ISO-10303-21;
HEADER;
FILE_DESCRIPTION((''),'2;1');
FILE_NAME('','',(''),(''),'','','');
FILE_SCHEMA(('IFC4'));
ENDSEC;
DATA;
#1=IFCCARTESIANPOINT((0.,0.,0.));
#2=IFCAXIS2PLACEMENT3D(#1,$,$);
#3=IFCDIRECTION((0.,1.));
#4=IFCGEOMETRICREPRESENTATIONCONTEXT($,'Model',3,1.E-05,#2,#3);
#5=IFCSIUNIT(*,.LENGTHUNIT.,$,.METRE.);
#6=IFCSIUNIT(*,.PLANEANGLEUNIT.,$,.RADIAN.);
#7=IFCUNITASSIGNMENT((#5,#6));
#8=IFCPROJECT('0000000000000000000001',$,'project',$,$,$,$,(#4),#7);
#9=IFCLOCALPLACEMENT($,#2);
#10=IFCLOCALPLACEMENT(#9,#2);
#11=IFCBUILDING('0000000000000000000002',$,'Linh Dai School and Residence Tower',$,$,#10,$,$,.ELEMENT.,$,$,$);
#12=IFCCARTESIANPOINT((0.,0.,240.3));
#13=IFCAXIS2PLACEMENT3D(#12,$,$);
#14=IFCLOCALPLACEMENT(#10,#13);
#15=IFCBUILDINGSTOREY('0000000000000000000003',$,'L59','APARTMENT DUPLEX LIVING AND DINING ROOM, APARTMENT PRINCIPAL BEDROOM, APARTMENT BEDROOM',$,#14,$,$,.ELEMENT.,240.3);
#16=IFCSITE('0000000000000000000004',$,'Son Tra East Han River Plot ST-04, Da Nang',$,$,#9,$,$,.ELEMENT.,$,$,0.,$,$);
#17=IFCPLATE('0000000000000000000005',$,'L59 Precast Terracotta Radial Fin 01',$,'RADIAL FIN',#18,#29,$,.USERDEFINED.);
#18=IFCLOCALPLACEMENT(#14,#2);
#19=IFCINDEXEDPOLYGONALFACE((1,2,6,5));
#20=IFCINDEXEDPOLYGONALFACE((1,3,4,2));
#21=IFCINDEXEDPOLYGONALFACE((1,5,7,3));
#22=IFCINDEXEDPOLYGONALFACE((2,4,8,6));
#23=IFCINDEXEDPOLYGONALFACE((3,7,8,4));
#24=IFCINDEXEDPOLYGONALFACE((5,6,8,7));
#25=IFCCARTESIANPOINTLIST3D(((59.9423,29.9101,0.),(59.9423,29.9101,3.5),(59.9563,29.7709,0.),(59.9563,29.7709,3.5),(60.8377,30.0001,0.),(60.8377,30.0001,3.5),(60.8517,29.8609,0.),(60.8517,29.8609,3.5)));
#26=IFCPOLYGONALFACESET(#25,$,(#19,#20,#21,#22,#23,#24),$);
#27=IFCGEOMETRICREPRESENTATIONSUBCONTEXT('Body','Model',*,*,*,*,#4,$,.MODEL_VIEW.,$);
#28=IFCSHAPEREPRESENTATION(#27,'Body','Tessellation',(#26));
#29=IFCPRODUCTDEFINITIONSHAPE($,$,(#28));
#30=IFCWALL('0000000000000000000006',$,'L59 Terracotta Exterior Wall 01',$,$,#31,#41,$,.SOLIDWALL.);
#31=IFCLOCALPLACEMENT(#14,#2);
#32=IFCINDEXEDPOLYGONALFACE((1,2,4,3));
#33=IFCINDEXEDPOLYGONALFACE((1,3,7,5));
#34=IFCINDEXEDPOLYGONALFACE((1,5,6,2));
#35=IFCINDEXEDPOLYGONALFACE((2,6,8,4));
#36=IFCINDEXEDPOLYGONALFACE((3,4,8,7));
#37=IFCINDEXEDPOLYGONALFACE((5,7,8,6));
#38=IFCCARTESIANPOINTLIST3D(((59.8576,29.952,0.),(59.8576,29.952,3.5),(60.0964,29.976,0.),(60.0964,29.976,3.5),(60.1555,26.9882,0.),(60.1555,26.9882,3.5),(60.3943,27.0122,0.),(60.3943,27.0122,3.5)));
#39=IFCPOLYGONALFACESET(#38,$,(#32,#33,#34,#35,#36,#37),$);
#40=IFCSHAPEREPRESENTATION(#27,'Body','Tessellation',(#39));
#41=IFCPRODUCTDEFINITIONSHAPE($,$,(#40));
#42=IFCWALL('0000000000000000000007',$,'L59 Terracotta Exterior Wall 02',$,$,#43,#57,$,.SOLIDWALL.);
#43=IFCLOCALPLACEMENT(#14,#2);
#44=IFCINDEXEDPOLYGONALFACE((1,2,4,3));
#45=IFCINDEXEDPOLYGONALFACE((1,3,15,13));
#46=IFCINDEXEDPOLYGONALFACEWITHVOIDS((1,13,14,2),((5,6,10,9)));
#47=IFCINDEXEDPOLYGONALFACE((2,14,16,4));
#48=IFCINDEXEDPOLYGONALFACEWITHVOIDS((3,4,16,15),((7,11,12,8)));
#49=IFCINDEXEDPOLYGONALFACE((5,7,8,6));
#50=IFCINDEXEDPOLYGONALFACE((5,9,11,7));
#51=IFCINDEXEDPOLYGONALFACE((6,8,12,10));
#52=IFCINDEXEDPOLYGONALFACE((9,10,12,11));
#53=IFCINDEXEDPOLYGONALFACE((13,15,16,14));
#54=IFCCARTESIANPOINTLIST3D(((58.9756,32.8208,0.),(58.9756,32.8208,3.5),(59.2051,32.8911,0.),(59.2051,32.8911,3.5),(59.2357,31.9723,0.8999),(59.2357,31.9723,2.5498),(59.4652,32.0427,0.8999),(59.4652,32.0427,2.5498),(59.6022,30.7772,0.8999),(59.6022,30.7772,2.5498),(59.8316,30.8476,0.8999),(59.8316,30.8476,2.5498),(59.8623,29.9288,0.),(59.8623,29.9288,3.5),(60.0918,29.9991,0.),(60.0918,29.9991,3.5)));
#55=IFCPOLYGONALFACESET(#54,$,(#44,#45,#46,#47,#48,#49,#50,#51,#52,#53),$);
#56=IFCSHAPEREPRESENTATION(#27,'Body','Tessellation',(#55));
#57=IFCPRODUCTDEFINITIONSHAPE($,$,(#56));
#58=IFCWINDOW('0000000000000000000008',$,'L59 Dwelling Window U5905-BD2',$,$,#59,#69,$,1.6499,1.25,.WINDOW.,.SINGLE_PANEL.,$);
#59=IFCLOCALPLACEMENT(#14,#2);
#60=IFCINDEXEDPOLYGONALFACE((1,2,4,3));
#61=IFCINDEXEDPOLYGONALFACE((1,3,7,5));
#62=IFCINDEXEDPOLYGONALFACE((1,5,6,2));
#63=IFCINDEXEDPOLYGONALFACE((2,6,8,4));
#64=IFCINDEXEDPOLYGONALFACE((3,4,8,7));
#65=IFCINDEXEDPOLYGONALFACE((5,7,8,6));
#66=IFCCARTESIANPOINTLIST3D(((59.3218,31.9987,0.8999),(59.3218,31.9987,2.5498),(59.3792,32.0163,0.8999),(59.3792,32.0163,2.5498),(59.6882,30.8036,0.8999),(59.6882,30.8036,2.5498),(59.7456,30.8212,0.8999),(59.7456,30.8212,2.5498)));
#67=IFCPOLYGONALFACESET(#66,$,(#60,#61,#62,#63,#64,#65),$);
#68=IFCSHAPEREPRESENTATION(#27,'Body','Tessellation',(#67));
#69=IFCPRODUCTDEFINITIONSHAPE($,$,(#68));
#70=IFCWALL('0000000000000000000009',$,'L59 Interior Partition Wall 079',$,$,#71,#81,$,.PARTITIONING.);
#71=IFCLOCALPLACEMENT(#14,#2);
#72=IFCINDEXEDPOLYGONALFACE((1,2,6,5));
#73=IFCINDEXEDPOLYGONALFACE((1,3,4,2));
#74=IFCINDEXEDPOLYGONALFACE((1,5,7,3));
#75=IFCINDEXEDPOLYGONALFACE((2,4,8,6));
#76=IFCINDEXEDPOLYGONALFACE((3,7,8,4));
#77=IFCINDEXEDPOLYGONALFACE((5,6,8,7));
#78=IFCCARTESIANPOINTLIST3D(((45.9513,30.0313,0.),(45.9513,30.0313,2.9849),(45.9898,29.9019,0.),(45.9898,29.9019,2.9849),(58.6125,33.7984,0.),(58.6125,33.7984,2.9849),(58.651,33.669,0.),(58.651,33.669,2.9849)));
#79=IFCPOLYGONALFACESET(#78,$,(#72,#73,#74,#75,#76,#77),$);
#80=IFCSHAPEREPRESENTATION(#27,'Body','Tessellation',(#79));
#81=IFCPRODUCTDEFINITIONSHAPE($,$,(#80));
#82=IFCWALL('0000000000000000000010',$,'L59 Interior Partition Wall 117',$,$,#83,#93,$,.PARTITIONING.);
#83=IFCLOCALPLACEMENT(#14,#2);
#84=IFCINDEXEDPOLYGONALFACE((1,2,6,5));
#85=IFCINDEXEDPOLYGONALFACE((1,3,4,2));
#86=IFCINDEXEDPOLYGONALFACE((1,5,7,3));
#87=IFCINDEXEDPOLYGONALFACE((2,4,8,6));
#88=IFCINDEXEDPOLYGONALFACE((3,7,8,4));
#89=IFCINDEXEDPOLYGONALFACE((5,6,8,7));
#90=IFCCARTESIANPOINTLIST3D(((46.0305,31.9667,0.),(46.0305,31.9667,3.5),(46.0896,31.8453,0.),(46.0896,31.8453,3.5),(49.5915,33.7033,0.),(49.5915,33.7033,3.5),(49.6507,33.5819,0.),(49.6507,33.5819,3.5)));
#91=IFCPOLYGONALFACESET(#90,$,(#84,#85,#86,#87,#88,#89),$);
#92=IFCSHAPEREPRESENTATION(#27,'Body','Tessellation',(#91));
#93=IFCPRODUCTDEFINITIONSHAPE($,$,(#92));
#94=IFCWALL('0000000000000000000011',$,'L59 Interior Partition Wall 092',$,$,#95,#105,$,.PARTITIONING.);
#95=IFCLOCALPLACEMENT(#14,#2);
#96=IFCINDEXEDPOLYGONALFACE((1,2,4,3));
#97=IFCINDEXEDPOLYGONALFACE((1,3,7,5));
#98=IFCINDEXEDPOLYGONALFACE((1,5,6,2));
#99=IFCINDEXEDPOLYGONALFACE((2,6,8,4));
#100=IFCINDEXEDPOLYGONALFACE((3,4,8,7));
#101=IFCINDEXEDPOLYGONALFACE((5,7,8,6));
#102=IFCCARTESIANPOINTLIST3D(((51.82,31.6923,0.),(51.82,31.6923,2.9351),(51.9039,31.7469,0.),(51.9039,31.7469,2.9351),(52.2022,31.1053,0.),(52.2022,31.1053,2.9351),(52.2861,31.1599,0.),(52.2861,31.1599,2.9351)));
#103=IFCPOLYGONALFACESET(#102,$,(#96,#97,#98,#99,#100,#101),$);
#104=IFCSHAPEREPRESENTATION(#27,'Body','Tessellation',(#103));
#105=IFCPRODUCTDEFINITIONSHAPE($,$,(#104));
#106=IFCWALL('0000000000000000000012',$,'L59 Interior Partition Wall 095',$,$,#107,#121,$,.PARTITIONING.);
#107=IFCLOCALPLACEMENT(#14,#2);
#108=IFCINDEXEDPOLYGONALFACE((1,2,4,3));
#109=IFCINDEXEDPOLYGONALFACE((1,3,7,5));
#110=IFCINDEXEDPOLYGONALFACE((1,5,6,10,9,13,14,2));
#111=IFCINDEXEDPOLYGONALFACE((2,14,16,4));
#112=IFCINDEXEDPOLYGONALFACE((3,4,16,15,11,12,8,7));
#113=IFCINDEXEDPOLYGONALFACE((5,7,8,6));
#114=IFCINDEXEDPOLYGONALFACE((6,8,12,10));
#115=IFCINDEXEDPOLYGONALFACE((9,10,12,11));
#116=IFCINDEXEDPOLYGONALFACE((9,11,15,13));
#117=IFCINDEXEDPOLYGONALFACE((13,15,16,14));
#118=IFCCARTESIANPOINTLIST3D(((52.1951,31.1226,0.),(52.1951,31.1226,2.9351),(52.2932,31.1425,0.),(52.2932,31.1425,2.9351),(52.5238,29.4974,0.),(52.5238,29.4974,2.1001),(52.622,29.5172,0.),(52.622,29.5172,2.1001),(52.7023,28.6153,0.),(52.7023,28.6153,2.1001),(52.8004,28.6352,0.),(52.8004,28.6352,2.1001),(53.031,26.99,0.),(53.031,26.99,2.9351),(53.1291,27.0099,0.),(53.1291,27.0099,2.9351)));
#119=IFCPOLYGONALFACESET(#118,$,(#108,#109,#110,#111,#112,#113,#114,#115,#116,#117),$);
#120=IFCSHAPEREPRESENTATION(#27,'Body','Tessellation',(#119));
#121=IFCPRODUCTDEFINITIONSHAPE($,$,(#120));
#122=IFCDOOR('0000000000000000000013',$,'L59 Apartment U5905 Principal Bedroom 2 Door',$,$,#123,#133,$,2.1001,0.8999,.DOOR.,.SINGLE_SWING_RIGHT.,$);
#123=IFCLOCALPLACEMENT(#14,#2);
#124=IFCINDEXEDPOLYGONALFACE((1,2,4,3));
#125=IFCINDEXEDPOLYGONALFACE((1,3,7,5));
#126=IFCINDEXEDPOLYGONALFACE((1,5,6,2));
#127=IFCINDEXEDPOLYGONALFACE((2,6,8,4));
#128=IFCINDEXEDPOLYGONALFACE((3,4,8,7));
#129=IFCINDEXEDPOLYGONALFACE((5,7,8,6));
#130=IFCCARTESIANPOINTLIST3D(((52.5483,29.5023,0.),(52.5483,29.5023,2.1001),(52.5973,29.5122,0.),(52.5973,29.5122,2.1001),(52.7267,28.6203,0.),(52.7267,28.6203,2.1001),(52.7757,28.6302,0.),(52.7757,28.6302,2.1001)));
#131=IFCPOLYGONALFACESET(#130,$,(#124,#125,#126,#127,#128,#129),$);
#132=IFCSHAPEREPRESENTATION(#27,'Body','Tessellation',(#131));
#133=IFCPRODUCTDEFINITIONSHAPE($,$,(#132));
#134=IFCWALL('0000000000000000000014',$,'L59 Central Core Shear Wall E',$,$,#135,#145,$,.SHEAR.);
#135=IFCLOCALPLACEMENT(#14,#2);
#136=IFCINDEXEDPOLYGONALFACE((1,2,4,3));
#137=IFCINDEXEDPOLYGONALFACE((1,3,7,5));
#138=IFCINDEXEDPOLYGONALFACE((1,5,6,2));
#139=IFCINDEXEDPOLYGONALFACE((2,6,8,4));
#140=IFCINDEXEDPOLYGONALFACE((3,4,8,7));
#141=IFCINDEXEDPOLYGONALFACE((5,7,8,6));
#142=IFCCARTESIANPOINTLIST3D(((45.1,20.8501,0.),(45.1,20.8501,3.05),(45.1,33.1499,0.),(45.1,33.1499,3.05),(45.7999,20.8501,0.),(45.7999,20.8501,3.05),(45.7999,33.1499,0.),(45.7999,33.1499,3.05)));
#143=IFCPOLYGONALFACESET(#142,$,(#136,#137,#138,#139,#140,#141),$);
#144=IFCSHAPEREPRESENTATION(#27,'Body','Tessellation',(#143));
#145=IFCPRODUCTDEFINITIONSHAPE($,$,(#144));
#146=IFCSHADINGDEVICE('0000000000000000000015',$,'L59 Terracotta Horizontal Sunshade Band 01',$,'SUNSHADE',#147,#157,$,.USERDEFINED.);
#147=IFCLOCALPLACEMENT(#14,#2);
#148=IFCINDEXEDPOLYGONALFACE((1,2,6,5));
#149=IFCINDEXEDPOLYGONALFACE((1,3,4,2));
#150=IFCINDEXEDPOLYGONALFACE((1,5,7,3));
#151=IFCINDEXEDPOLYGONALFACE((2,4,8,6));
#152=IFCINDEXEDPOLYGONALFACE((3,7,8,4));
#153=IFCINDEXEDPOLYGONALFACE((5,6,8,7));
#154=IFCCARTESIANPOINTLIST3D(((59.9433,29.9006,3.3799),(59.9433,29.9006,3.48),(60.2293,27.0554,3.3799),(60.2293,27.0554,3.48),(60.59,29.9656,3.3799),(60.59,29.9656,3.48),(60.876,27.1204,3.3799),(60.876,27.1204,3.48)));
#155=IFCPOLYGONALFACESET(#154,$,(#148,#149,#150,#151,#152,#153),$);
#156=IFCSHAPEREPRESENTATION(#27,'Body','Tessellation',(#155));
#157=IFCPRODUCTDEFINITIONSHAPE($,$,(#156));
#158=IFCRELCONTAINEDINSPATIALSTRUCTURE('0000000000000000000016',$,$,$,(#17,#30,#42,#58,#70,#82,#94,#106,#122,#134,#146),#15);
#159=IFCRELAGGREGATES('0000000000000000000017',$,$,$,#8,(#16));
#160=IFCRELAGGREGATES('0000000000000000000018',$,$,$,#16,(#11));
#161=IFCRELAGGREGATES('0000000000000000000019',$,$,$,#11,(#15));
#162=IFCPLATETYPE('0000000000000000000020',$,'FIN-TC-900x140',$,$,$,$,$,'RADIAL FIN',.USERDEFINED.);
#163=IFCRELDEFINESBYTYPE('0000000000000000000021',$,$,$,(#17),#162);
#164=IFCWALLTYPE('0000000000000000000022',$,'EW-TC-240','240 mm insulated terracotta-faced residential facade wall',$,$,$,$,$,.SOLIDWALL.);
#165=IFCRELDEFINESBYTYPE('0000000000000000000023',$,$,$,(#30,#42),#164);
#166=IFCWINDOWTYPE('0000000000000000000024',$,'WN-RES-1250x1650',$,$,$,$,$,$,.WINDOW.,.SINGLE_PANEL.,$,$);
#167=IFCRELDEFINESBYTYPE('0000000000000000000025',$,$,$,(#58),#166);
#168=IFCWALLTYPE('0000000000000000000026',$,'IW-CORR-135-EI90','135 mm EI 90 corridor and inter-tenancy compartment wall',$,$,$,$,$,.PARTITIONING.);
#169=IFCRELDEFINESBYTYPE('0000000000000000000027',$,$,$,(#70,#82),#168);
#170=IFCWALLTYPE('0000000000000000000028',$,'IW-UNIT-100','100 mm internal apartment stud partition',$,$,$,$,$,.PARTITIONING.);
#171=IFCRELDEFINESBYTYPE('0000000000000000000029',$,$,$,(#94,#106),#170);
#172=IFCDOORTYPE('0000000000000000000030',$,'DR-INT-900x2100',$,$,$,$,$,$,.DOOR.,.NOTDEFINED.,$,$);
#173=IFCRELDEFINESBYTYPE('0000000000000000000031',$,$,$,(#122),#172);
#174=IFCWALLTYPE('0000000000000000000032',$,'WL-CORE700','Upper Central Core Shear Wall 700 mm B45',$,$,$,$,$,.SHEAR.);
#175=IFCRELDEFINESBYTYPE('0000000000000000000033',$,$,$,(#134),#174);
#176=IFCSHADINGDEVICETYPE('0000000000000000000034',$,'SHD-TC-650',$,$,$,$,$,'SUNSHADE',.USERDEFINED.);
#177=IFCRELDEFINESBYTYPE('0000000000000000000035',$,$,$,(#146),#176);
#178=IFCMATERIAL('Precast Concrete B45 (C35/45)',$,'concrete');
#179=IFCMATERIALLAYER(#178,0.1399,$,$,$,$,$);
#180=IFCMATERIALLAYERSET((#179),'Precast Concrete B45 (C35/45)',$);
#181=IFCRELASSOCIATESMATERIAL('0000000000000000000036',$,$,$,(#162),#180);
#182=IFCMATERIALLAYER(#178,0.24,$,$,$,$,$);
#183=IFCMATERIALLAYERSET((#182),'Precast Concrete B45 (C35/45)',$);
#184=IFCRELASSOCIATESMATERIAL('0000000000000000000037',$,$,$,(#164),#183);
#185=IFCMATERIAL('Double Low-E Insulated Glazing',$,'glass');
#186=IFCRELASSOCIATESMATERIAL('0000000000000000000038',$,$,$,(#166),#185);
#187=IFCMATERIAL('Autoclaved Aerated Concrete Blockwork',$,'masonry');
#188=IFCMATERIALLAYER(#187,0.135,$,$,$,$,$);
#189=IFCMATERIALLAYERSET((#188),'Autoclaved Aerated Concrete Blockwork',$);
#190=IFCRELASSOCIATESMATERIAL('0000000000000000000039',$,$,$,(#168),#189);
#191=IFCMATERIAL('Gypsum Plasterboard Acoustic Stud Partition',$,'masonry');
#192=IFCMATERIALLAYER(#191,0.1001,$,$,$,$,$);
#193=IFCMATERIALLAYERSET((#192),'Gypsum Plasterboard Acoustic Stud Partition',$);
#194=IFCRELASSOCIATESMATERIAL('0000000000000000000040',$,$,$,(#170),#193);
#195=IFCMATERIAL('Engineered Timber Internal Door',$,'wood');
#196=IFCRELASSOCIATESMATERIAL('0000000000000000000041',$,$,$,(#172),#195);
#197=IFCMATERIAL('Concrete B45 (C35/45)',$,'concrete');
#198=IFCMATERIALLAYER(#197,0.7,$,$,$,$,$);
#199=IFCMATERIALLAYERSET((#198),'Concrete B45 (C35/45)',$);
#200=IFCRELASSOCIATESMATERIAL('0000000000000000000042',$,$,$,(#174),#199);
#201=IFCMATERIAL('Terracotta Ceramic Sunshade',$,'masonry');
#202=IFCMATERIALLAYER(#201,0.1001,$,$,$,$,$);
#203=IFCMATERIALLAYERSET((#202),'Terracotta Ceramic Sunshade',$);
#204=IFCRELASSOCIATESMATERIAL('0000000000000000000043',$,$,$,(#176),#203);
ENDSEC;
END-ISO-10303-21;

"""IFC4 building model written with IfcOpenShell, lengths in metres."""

from ifc_helpers import new_model, si_unit, direction, frame, frame_2d, origin, origin_2d, place, context, subcontext, project, spatial, rectangle, extrude, source, transform, mapped, material, layer, layer_set, type_object, element, fill, save


model = new_model("IFC4")

# Units and contexts
model_context = context("Model", 3, precision=1e-05, world=origin(), true_north=direction((0.0, 1.0)))
body_context = subcontext(model_context, "Body", "Model", "MODEL_VIEW")
ifc_project = project(units=[si_unit("LENGTHUNIT", "METRE"), si_unit("PLANEANGLEUNIT", "RADIAN")], contexts=[model_context])

# Site, building, storey
site_placement = place(None, origin())
site = spatial("IfcSite", under=ifc_project, at=site_placement, Name="Son Tra East Han River Plot ST-04, Da Nang", CompositionType="ELEMENT", RefElevation=0.0)
building_placement = place(site_placement, origin())
building = spatial("IfcBuilding", under=site, at=building_placement, Name="Linh Dai School and Residence Tower", CompositionType="ELEMENT")
storey_placement = place(building_placement, frame((0.0, 0.0, 240.3)))
storey = spatial("IfcBuildingStorey", under=building, at=storey_placement, Name="L59", Description="APARTMENT DUPLEX LIVING AND DINING ROOM, APARTMENT PRINCIPAL BEDROOM, APARTMENT BEDROOM", CompositionType="ELEMENT", Elevation=240.3)

# Shared definitions
ifc_material_1 = material(Name="Concrete B45 (C35/45)", Category="concrete")

# Plate
ifc_material_2 = material(Name="Precast Concrete B45 (C35/45)", Category="concrete")
ifc_layer_1 = layer(ifc_material_2, 0.1399)
ifc_layer_set_1 = layer_set([ifc_layer_1], Name="Precast Concrete B45 (C35/45)")
plate_type = type_object("IfcPlateType", Name="FIN-TC-900x140", ElementType="RADIAL FIN", PredefinedType="USERDEFINED", material=ifc_layer_set_1)
shared_shape_1 = source(origin(), body_context, "Body", "SweptSolid", [
    extrude(rectangle(XDim=0.8999, YDim=0.1399, at=origin_2d()), origin(), (0.0, 0.0, 1.0), 3.5),
])
plate_placement = place(storey_placement, frame((60.397, 29.8855, 0.0), z_axis=(0.0, 0.0, 1.0), x_axis=(0.994986, 0.100012, 0.0)))
element("IfcPlate", 1, at=plate_placement, inside=storey, type_object=plate_type, Name="L59 Precast Terracotta Radial Fin 01", ObjectType="RADIAL FIN", PredefinedType="USERDEFINED", context=body_context, shape_type="MappedRepresentation", body=[
    mapped(shared_shape_1, transform((0.0, 0.0, 0.0), x_axis=(1.0, 0.0, 0.0), y_axis=(0.0, 1.0, 0.0), z_axis=(0.0, 0.0, 1.0), scale=1.0)),
])

# Wall
ifc_layer_2 = layer(ifc_material_2, 0.24)
ifc_layer_set_2 = layer_set([ifc_layer_2], Name="Precast Concrete B45 (C35/45)")
wall_type_1 = type_object("IfcWallType", Name="EW-TC-240", Description="240 mm insulated terracotta-faced residential facade wall", PredefinedType="SOLIDWALL", material=ifc_layer_set_2)
wall_1_placement = place(storey_placement, frame((59.9771, 29.9639, 0.0), z_axis=(0.0, 0.0, 1.0), x_axis=(0.099991, -0.994988, 0.0)))
element("IfcWall", 2, at=wall_1_placement, inside=storey, type_object=wall_type_1, Name="L59 Terracotta Exterior Wall 01", PredefinedType="SOLIDWALL", context=body_context, shape_type="SweptSolid", body=[
    extrude(rectangle(XDim=2.9788, YDim=0.24, at=frame_2d((1.4893, 0.0))), origin(), (0.0, 0.0, 1.0), 3.5),
])

# Wall, opening, window
wall_2_placement = place(storey_placement, frame((59.0903, 32.856, 0.0), z_axis=(0.0, 0.0, 1.0), x_axis=(0.293133, -0.956072, 0.0)))
wall_2 = element("IfcWall", 3, at=wall_2_placement, inside=storey, type_object=wall_type_1, Name="L59 Terracotta Exterior Wall 02", PredefinedType="SOLIDWALL", context=body_context, shape_type="SweptSolid", body=[
    extrude(rectangle(XDim=3.0249, YDim=0.24, at=frame_2d((1.5125, 0.0))), origin(), (0.0, 0.0, 1.0), 3.5),
])
opening_1_placement = place(wall_2_placement, frame((0.8875, 0.0, 0.8999)))
opening_1 = element("IfcOpeningElement", 4, at=opening_1_placement, cuts=wall_2, PredefinedType="OPENING", context=body_context, shape_type="SweptSolid", body=[
    extrude(rectangle(XDim=1.25, YDim=1.6499, at=origin_2d()), frame((0.625, 0.1299, 0.825), z_axis=(0.0, -1.0, 0.0), x_axis=(1.0, 0.0, 0.0)), (0.0, 0.0, 1.0), 0.26),
])
ifc_material_3 = material(Name="Double Low-E Insulated Glazing", Category="glass")
window_type = type_object("IfcWindowType", Name="WN-RES-1250x1650", PartitioningType="SINGLE_PANEL", PredefinedType="WINDOW", material=ifc_material_3)
shared_shape_2 = source(origin(), body_context, "Body", "SweptSolid", [
    extrude(rectangle(XDim=1.25, YDim=1.6499, at=origin_2d()), frame((0.625, 0.03, 0.825), z_axis=(0.0, -1.0, 0.0), x_axis=(1.0, 0.0, 0.0)), (0.0, 0.0, 1.0), 0.0601),
])
window_placement = place(opening_1_placement, origin())
window = element("IfcWindow", 5, at=window_placement, inside=storey, type_object=window_type, Name="L59 Dwelling Window U5905-BD2", OverallHeight=1.6499, OverallWidth=1.25, PartitioningType="SINGLE_PANEL", PredefinedType="WINDOW", context=body_context, shape_type="MappedRepresentation", body=[
    mapped(shared_shape_2, transform((0.0, 0.0, 0.0), x_axis=(1.0, 0.0, 0.0), y_axis=(0.0, 1.0, 0.0), z_axis=(0.0, 0.0, 1.0), scale=1.0)),
])
fill(opening_1, window)

# Walls
ifc_material_4 = material(Name="Autoclaved Aerated Concrete Blockwork", Category="masonry")
ifc_layer_3 = layer(ifc_material_4, 0.135)
ifc_layer_set_3 = layer_set([ifc_layer_3], Name="Autoclaved Aerated Concrete Blockwork")
wall_type_2 = type_object("IfcWallType", Name="IW-CORR-135-EI90", Description="135 mm EI 90 corridor and inter-tenancy compartment wall", PredefinedType="PARTITIONING", material=ifc_layer_set_3)
wall_3_placement = place(storey_placement, frame((45.9705, 29.9666, 0.0), z_axis=(0.0, 0.0, 1.0), x_axis=(0.958475, 0.285177, 0.0)))
element("IfcWall", 6, at=wall_3_placement, inside=storey, type_object=wall_type_2, Name="L59 Interior Partition Wall 079", PredefinedType="PARTITIONING", context=body_context, shape_type="SweptSolid", body=[
    extrude(rectangle(XDim=13.2097, YDim=0.135, at=frame_2d((6.605, 0.0))), origin(), (0.0, 0.0, 1.0), 2.9849),
])
wall_4_placement = place(storey_placement, frame((46.0601, 31.906, 0.0), z_axis=(0.0, 0.0, 1.0), x_axis=(0.89882, 0.438318, 0.0)))
element("IfcWall", 7, at=wall_4_placement, inside=storey, type_object=wall_type_2, Name="L59 Interior Partition Wall 117", PredefinedType="PARTITIONING", context=body_context, shape_type="SweptSolid", body=[
    extrude(rectangle(XDim=3.9619, YDim=0.135, at=frame_2d((1.981, 0.0))), origin(), (0.0, 0.0, 1.0), 3.5),
])
ifc_material_5 = material(Name="Gypsum Plasterboard Acoustic Stud Partition", Category="masonry")
ifc_layer_4 = layer(ifc_material_5, 0.1001)
ifc_layer_set_4 = layer_set([ifc_layer_4], Name="Gypsum Plasterboard Acoustic Stud Partition")
wall_type_3 = type_object("IfcWallType", Name="IW-UNIT-100", Description="100 mm internal apartment stud partition", PredefinedType="PARTITIONING", material=ifc_layer_set_4)
wall_5_placement = place(storey_placement, frame((51.8621, 31.7195, 0.0), z_axis=(0.0, 0.0, 1.0), x_axis=(0.545576, -0.838061, 0.0)))
element("IfcWall", 8, at=wall_5_placement, inside=storey, type_object=wall_type_3, Name="L59 Interior Partition Wall 092", PredefinedType="PARTITIONING", context=body_context, shape_type="SweptSolid", body=[
    extrude(rectangle(XDim=0.7004, YDim=0.1001, at=frame_2d((0.3501, 0.0))), origin(), (0.0, 0.0, 1.0), 2.9351),
])

# Wall, opening, door
wall_6_placement = place(storey_placement, frame((52.2441, 31.1326, 0.0), z_axis=(0.0, 0.0, 1.0), x_axis=(0.198265, -0.980148, 0.0)))
wall_6 = element("IfcWall", 9, at=wall_6_placement, inside=storey, type_object=wall_type_3, Name="L59 Interior Partition Wall 095", PredefinedType="PARTITIONING", context=body_context, shape_type="SweptSolid", body=[
    extrude(rectangle(XDim=4.2163, YDim=0.1001, at=frame_2d((2.1082, 0.0))), origin(), (0.0, 0.0, 1.0), 2.9351),
])
opening_2_placement = place(wall_6_placement, frame((1.6582, 0.0, 0.0)))
opening_2 = element("IfcOpeningElement", 10, at=opening_2_placement, cuts=wall_6, PredefinedType="OPENING", context=body_context, shape_type="SweptSolid", body=[
    extrude(rectangle(XDim=0.8999, YDim=2.1001, at=origin_2d()), frame((0.45, 0.0601, 1.05), z_axis=(0.0, -1.0, 0.0), x_axis=(1.0, 0.0, 0.0)), (0.0, 0.0, 1.0), 0.1201),
])
ifc_material_6 = material(Name="Engineered Timber Internal Door", Category="wood")
door_type = type_object("IfcDoorType", Name="DR-INT-900x2100", OperationType="NOTDEFINED", PredefinedType="DOOR", material=ifc_material_6)
shared_shape_3 = source(origin(), body_context, "Body", "SweptSolid", [
    extrude(rectangle(XDim=0.8999, YDim=2.1001, at=origin_2d()), frame((0.45, 0.0249, 1.05), z_axis=(0.0, -1.0, 0.0), x_axis=(1.0, 0.0, 0.0)), (0.0, 0.0, 1.0), 0.05),
])
door_placement = place(opening_2_placement, origin())
door = element("IfcDoor", 11, at=door_placement, inside=storey, type_object=door_type, Name="L59 Apartment U5905 Principal Bedroom 2 Door", OperationType="SINGLE_SWING_RIGHT", OverallHeight=2.1001, OverallWidth=0.8999, PredefinedType="DOOR", context=body_context, shape_type="MappedRepresentation", body=[
    mapped(shared_shape_3, transform((0.0, 0.0, 0.0), x_axis=(1.0, 0.0, 0.0), y_axis=(0.0, 1.0, 0.0), z_axis=(0.0, 0.0, 1.0), scale=1.0)),
])
fill(opening_2, door)

# Wall
ifc_layer_5 = layer(ifc_material_1, 0.7)
ifc_layer_set_5 = layer_set([ifc_layer_5], Name="Concrete B45 (C35/45)")
wall_type_4 = type_object("IfcWallType", Name="WL-CORE700", Description="Upper Central Core Shear Wall 700 mm B45", PredefinedType="SHEAR", material=ifc_layer_set_5)
wall_7_placement = place(storey_placement, frame((45.45, 33.1499, 0.0), z_axis=(0.0, 0.0, 1.0), x_axis=(0.0, -1.0, 0.0)))
element("IfcWall", 12, at=wall_7_placement, inside=storey, type_object=wall_type_4, Name="L59 Central Core Shear Wall E", PredefinedType="SHEAR", context=body_context, shape_type="SweptSolid", body=[
    extrude(rectangle(XDim=12.2998, YDim=0.7, at=frame_2d((6.1499, 0.0))), origin(), (0.0, 0.0, 1.0), 3.05),
])

# Shading device
ifc_material_7 = material(Name="Terracotta Ceramic Sunshade", Category="masonry")
ifc_layer_6 = layer(ifc_material_7, 0.1001)
ifc_layer_set_6 = layer_set([ifc_layer_6], Name="Terracotta Ceramic Sunshade")
shading_device_type = type_object("IfcShadingDeviceType", Name="SHD-TC-650", ElementType="SUNSHADE", PredefinedType="USERDEFINED", material=ifc_layer_set_6)
shared_shape_4 = source(origin(), body_context, "Body", "SweptSolid", [
    extrude(rectangle(XDim=2.8596, YDim=0.6499, at=origin_2d()), origin(), (0.0, 0.0, 1.0), 0.1001),
])
shading_device_placement = place(storey_placement, frame((60.4097, 28.5105, 3.3799), z_axis=(0.0, 0.0, 1.0), x_axis=(0.100012, -0.994986, 0.0)))
element("IfcShadingDevice", 13, at=shading_device_placement, inside=storey, type_object=shading_device_type, Name="L59 Terracotta Horizontal Sunshade Band 01", ObjectType="SUNSHADE", PredefinedType="USERDEFINED", context=body_context, shape_type="MappedRepresentation", body=[
    mapped(shared_shape_4, transform((0.0, 0.0, 0.0), x_axis=(1.0, 0.0, 0.0), y_axis=(0.0, 1.0, 0.0), z_axis=(0.0, 0.0, 1.0), scale=1.0)),
])

save(model, "model.ifc")
